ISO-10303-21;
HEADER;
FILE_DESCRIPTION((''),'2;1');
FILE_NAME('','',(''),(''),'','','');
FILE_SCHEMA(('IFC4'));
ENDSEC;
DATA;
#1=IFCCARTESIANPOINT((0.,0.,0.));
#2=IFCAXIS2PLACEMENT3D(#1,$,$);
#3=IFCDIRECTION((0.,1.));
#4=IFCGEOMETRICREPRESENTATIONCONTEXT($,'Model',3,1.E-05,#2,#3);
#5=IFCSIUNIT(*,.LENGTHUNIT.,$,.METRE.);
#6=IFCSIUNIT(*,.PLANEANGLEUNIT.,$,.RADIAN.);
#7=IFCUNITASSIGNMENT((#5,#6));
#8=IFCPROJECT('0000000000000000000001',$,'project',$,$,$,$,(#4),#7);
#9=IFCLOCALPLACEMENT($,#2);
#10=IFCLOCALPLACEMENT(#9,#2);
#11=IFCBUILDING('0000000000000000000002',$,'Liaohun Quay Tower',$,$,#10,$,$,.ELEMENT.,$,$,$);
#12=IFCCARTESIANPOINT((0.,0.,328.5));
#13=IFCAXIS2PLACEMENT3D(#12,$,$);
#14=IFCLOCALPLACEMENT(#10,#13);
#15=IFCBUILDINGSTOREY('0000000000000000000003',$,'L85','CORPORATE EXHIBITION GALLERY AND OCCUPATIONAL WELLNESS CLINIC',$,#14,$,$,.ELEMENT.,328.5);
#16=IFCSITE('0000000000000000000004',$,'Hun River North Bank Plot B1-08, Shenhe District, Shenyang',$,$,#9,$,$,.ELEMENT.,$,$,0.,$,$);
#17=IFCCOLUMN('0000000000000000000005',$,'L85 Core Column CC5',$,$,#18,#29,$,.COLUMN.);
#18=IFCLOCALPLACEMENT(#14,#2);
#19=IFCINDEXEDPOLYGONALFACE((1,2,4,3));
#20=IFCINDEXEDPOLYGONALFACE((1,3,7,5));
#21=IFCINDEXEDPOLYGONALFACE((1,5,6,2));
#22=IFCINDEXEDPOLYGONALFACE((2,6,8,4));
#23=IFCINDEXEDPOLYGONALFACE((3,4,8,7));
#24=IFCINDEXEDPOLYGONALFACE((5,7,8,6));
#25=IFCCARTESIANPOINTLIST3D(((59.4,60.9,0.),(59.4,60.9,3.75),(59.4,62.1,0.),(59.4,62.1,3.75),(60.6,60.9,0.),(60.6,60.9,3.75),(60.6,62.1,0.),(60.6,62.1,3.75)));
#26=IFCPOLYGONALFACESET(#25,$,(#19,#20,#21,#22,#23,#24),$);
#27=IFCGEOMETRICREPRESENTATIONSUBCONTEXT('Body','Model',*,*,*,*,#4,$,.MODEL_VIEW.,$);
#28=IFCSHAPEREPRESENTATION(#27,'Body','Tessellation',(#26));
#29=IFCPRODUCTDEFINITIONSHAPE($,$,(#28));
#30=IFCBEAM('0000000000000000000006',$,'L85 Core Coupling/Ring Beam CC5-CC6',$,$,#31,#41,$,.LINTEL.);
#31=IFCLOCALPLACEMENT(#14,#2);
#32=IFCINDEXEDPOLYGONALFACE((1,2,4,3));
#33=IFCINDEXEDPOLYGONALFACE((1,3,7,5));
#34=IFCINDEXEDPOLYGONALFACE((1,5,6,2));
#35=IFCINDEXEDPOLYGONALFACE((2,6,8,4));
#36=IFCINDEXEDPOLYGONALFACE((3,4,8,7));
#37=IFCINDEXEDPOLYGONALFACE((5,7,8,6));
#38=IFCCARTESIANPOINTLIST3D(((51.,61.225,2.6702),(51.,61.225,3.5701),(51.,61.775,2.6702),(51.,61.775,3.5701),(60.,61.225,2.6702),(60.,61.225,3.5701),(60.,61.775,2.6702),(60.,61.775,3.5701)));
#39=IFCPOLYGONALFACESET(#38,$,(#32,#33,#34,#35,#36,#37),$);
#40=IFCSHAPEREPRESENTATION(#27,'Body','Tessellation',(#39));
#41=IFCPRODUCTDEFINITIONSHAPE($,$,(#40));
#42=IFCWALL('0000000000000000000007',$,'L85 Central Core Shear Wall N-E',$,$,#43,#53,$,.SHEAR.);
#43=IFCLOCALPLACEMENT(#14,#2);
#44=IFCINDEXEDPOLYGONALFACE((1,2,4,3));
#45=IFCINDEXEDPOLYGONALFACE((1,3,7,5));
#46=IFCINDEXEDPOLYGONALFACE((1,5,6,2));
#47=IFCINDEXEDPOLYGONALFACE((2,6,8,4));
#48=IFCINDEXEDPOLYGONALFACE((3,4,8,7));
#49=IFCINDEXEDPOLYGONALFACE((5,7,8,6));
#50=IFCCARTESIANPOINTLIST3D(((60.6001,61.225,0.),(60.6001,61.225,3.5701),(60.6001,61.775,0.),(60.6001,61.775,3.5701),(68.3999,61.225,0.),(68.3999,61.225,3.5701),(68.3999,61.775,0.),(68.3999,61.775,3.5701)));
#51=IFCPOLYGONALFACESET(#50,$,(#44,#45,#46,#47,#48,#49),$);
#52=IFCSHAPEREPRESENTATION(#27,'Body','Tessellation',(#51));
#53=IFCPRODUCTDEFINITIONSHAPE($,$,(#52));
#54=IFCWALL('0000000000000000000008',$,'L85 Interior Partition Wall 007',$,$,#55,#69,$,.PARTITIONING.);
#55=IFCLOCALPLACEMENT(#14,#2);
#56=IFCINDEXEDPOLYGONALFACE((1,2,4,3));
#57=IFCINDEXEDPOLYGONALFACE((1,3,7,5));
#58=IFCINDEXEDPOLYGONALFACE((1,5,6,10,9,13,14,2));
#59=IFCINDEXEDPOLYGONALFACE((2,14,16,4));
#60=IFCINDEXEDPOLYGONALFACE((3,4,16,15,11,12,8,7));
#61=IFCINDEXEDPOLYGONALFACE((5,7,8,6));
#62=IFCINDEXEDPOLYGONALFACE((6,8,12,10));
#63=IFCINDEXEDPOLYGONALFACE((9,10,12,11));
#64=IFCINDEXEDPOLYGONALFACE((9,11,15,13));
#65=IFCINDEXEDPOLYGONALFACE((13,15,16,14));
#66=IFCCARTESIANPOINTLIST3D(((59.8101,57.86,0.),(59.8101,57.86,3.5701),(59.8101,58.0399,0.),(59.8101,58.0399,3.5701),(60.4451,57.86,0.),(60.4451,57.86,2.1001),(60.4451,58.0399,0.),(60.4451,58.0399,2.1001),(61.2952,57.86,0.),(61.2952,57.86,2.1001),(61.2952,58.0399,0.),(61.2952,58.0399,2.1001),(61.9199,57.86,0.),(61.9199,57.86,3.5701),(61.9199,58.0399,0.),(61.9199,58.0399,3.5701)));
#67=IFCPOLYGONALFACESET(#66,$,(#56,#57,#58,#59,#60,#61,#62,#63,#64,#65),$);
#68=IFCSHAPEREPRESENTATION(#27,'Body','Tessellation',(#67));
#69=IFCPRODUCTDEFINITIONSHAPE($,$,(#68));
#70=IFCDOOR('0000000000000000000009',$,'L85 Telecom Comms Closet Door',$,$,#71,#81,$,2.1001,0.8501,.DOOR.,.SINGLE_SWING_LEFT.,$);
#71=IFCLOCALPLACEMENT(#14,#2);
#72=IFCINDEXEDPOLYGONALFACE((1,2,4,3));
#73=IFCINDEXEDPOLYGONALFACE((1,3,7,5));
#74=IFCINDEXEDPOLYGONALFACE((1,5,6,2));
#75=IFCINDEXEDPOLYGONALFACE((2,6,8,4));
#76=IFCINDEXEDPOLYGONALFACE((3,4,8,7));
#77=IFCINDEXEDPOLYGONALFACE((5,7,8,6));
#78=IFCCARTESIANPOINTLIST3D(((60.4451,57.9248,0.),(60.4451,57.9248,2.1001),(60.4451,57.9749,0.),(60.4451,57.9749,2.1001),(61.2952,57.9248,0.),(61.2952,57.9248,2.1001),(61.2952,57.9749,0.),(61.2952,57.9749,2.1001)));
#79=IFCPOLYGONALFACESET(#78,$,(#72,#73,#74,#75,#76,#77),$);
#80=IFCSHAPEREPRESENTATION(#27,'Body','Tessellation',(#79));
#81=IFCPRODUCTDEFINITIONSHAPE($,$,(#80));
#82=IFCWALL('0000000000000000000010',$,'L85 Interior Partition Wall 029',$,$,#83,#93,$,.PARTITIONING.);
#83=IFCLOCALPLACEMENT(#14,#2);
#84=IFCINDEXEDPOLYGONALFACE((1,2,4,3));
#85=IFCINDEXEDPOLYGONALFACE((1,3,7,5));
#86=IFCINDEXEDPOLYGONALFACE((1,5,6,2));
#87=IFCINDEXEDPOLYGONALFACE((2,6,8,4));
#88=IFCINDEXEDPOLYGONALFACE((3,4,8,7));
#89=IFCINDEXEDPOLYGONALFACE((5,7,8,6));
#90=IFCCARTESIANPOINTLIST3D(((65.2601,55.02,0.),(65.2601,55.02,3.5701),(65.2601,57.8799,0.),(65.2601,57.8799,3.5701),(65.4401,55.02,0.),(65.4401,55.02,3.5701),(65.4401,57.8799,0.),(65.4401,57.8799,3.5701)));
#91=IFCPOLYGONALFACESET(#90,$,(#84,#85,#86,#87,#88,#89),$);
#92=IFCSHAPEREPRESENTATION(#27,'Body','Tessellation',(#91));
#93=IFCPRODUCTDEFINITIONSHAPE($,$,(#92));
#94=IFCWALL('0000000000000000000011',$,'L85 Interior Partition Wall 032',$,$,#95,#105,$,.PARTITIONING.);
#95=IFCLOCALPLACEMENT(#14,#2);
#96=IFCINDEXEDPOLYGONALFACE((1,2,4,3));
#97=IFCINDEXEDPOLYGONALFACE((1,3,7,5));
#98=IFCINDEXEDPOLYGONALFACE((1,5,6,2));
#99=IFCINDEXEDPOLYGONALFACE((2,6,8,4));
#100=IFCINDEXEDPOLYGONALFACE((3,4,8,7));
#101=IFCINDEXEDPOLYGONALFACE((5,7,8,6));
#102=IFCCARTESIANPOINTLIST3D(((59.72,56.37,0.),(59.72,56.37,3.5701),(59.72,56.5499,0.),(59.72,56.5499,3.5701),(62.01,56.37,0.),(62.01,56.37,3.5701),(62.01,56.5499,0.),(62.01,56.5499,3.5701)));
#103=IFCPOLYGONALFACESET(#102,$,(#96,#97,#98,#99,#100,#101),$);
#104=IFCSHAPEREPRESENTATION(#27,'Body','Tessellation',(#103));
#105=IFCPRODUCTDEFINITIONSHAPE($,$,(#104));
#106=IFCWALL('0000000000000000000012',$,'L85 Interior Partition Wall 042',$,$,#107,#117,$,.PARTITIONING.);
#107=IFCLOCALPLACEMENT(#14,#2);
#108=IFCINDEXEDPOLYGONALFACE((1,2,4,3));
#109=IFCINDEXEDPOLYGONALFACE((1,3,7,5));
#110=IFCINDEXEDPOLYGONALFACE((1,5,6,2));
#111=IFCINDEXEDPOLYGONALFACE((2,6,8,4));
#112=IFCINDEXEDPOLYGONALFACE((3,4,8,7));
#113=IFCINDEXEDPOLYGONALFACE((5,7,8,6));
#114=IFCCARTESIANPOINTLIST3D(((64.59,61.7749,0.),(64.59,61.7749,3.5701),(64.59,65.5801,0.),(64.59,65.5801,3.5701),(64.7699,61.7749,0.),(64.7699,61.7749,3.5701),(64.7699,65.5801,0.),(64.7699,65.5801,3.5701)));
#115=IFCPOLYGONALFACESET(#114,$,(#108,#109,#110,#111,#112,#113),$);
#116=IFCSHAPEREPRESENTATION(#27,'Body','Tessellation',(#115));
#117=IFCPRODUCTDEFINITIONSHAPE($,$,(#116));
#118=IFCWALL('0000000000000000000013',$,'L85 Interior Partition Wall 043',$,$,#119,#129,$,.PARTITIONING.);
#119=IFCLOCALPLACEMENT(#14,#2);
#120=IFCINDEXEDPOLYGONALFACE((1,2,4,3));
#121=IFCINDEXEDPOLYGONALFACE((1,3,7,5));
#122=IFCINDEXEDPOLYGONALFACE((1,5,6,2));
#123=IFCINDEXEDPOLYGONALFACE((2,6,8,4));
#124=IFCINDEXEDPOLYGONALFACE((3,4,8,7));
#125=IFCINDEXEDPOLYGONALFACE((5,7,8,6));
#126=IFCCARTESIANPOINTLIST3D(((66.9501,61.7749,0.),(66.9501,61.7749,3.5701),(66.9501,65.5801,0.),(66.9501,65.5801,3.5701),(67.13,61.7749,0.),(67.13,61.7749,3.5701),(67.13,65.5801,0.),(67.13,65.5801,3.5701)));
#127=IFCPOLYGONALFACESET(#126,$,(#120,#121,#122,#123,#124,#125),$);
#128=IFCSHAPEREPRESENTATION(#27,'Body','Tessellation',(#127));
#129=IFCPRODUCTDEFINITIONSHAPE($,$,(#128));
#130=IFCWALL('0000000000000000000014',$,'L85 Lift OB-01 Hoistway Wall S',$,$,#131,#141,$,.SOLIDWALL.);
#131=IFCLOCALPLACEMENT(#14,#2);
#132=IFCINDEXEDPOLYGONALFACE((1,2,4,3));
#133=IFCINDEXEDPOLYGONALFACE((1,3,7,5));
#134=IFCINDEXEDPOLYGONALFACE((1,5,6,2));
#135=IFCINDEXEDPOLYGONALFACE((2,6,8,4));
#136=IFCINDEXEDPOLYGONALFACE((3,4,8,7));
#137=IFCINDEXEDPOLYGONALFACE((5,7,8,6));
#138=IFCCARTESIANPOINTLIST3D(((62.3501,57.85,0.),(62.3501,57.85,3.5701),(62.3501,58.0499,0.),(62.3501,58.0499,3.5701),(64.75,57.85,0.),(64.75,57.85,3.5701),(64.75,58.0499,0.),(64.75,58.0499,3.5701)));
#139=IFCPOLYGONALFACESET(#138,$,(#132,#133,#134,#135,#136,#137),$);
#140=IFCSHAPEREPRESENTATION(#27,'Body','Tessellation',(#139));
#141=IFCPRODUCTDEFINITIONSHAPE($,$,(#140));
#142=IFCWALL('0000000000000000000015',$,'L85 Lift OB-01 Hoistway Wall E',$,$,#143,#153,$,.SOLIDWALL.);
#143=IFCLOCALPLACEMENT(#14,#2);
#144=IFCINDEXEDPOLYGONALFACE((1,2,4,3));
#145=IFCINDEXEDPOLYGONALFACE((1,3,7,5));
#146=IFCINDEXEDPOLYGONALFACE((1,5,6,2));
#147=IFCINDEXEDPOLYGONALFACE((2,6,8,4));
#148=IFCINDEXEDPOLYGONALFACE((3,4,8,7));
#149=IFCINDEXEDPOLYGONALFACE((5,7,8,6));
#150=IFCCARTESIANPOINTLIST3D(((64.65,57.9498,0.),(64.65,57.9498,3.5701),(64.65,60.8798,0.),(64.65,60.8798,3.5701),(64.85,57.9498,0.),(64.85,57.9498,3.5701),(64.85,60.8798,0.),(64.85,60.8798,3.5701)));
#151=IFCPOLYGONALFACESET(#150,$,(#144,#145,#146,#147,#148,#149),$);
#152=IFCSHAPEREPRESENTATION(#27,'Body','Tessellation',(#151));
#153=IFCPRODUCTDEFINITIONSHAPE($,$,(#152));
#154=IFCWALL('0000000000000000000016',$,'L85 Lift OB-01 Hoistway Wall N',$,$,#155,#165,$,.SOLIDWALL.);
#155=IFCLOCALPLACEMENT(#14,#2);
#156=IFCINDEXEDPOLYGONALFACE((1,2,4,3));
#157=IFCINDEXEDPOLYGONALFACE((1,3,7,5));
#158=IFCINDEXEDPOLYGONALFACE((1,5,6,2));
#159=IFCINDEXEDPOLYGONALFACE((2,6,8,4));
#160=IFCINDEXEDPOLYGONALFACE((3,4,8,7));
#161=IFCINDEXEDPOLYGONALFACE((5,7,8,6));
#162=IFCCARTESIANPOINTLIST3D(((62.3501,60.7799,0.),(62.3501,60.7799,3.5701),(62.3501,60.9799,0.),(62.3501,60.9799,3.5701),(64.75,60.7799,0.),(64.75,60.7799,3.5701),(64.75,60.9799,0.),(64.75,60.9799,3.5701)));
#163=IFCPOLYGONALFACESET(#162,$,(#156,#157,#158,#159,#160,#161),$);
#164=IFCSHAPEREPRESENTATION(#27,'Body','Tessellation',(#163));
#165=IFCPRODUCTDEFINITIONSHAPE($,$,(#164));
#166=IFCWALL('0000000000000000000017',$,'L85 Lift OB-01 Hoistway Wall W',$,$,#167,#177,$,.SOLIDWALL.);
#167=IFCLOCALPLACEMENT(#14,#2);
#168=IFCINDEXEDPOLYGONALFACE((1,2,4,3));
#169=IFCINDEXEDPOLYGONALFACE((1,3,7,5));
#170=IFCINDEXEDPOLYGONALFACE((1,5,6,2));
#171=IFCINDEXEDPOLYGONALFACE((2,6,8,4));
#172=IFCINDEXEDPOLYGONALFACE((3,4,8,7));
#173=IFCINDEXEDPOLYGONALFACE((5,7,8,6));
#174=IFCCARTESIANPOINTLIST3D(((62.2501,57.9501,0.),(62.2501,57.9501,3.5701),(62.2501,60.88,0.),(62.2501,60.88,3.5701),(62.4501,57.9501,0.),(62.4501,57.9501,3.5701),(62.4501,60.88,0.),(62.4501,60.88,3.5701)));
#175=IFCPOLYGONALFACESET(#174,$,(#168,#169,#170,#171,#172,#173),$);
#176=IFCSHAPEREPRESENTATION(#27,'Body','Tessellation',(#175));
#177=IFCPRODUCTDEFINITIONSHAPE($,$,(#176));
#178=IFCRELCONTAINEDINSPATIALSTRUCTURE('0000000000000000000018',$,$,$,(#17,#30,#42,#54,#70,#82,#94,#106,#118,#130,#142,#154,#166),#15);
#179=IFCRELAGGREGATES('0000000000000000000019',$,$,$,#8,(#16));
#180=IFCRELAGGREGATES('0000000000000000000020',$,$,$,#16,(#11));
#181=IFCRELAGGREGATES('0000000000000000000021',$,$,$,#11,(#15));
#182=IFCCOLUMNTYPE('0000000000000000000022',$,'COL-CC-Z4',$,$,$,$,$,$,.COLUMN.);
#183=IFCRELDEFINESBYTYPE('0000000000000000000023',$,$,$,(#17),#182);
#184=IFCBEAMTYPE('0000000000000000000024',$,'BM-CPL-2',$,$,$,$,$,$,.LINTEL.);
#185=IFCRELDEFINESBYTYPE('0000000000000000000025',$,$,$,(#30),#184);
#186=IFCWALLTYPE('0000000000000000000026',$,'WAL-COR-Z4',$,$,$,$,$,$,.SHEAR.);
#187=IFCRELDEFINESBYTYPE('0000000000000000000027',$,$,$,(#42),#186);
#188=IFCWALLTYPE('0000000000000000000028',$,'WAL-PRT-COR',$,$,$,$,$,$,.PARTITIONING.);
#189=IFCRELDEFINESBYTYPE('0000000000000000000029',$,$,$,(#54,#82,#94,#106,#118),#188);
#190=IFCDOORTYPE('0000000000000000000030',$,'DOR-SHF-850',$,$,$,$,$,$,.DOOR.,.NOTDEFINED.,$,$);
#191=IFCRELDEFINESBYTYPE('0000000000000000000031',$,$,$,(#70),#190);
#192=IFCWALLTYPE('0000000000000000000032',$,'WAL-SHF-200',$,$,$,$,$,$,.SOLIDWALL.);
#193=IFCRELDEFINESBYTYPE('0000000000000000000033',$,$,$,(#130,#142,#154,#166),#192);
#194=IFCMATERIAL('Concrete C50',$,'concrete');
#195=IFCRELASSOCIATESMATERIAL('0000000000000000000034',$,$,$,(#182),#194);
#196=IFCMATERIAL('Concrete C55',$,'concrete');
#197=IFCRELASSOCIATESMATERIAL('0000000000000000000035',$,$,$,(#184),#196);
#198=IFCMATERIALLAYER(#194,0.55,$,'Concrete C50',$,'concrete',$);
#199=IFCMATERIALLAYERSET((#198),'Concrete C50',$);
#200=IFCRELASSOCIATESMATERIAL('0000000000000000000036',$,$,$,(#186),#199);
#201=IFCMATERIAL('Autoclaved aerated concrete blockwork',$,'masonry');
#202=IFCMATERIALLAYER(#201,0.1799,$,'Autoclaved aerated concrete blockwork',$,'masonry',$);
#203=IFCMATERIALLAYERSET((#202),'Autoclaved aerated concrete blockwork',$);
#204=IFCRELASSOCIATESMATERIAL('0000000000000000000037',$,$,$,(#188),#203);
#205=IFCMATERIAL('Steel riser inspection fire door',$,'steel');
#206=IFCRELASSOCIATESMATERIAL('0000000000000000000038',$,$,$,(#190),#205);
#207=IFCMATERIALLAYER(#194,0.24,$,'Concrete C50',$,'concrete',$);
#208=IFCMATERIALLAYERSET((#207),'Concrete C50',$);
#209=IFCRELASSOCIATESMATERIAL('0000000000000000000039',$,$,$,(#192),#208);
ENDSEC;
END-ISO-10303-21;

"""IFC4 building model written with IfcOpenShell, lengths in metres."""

from ifc_helpers import new_model, si_unit, direction, frame, frame_2d, origin, origin_2d, place, context, subcontext, project, spatial, rectangle, extrude, source, transform, mapped, material, layer, layer_set, material_profile, profile_set, type_object, element, fill, save


model = new_model("IFC4")

# Units and contexts
model_context = context("Model", 3, precision=1e-05, world=origin(), true_north=direction((0.0, 1.0)))
body_context = subcontext(model_context, "Body", "Model", "MODEL_VIEW")
ifc_project = project(units=[si_unit("LENGTHUNIT", "METRE"), si_unit("PLANEANGLEUNIT", "RADIAN")], contexts=[model_context])

# Site, building, storey
site_placement = place(None, origin())
site = spatial("IfcSite", under=ifc_project, at=site_placement, Name="Hun River North Bank Plot B1-08, Shenhe District, Shenyang", CompositionType="ELEMENT", RefElevation=0.0)
building_placement = place(site_placement, origin())
building = spatial("IfcBuilding", under=site, at=building_placement, Name="Liaohun Quay Tower", CompositionType="ELEMENT")
storey_placement = place(building_placement, frame((0.0, 0.0, 328.5)))
storey = spatial("IfcBuildingStorey", under=building, at=storey_placement, Name="L85", Description="CORPORATE EXHIBITION GALLERY AND OCCUPATIONAL WELLNESS CLINIC", CompositionType="ELEMENT", Elevation=328.5)

# Column
ifc_material_1 = material(Name="Concrete C50", Category="concrete")
ifc_material_profile_1 = material_profile(ifc_material_1, rectangle(XDim=1.2, YDim=1.2, at=origin_2d()), Name="RC1200x1200")
ifc_profile_set_1 = profile_set([ifc_material_profile_1], Name="Concrete C50")
column_type = type_object("IfcColumnType", Name="COL-CC-Z4", PredefinedType="COLUMN", material=ifc_profile_set_1)
shared_shape_1 = source(origin(), body_context, "Body", "SweptSolid", [
    extrude(rectangle(XDim=1.2, YDim=1.2, at=origin_2d()), origin(), (0.0, 0.0, 1.0), 3.75),
])
column_placement = place(storey_placement, frame((60.0, 61.5, 0.0), z_axis=(0.0, 0.0, 1.0), x_axis=(1.0, 0.0, 0.0)))
element("IfcColumn", 1, at=column_placement, inside=storey, type_object=column_type, Name="L85 Core Column CC5", PredefinedType="COLUMN", context=body_context, shape_type="MappedRepresentation", body=[
    mapped(shared_shape_1, transform((0.0, 0.0, 0.0), x_axis=(1.0, 0.0, 0.0), y_axis=(0.0, 1.0, 0.0), z_axis=(0.0, 0.0, 1.0), scale=1.0)),
])

# Beam
ifc_material_2 = material(Name="Concrete C55", Category="concrete")
ifc_material_profile_2 = material_profile(ifc_material_2, rectangle(XDim=0.55, YDim=0.8999, at=origin_2d()), Name="RC550x900")
ifc_profile_set_2 = profile_set([ifc_material_profile_2], Name="Concrete C55")
beam_type = type_object("IfcBeamType", Name="BM-CPL-2", PredefinedType="LINTEL", material=ifc_profile_set_2)
shared_shape_2 = source(origin(), body_context, "Body", "SweptSolid", [
    extrude(rectangle(XDim=0.55, YDim=0.8999, at=origin_2d()), origin(), (0.0, 0.0, 1.0), 9.0),
])
beam_placement = place(storey_placement, frame((60.0, 61.5, 3.1201), z_axis=(-1.0, 0.0, 0.0), x_axis=(0.0, -1.0, 0.0)))
element("IfcBeam", 2, at=beam_placement, inside=storey, type_object=beam_type, Name="L85 Core Coupling/Ring Beam CC5-CC6", PredefinedType="LINTEL", context=body_context, shape_type="MappedRepresentation", body=[
    mapped(shared_shape_2, transform((0.0, 0.0, 0.0), x_axis=(1.0, 0.0, 0.0), y_axis=(0.0, 1.0, 0.0), z_axis=(0.0, 0.0, 1.0), scale=1.0)),
])

# Wall
ifc_layer_1 = layer(ifc_material_1, 0.55, Name="Concrete C50", Category="concrete")
ifc_layer_set_1 = layer_set([ifc_layer_1], Name="Concrete C50")
wall_type_1 = type_object("IfcWallType", Name="WAL-COR-Z4", PredefinedType="SHEAR", material=ifc_layer_set_1)
wall_1_placement = place(storey_placement, frame((60.6001, 61.5, 0.0), z_axis=(0.0, 0.0, 1.0), x_axis=(1.0, 0.0, 0.0)))
element("IfcWall", 3, at=wall_1_placement, inside=storey, type_object=wall_type_1, Name="L85 Central Core Shear Wall N-E", PredefinedType="SHEAR", context=body_context, shape_type="SweptSolid", body=[
    extrude(rectangle(XDim=7.7998, YDim=0.55, at=frame_2d((3.8999, 0.0))), origin(), (0.0, 0.0, 1.0), 3.5701),
])

# Wall, opening, door
ifc_material_3 = material(Name="Autoclaved aerated concrete blockwork", Category="masonry")
ifc_layer_2 = layer(ifc_material_3, 0.1799, Name="Autoclaved aerated concrete blockwork", Category="masonry")
ifc_layer_set_2 = layer_set([ifc_layer_2], Name="Autoclaved aerated concrete blockwork")
wall_type_2 = type_object("IfcWallType", Name="WAL-PRT-COR", PredefinedType="PARTITIONING", material=ifc_layer_set_2)
wall_2_placement = place(storey_placement, frame((59.8101, 57.95, 0.0), z_axis=(0.0, 0.0, 1.0), x_axis=(1.0, 0.0, 0.0)))
wall_2 = element("IfcWall", 4, at=wall_2_placement, inside=storey, type_object=wall_type_2, Name="L85 Interior Partition Wall 007", PredefinedType="PARTITIONING", context=body_context, shape_type="SweptSolid", body=[
    extrude(rectangle(XDim=2.1099, YDim=0.1799, at=frame_2d((1.0549, 0.0))), origin(), (0.0, 0.0, 1.0), 3.5701),
])
shared_shape_3 = source(origin(), body_context, "Body", "SweptSolid", [
    extrude(rectangle(XDim=0.8501, YDim=2.1001, at=frame_2d((0.425, 1.05))), frame((0.0, 0.0999, 0.0), z_axis=(0.0, -1.0, 0.0), x_axis=(1.0, 0.0, 0.0)), (0.0, 0.0, 1.0), 0.2),
])
opening_placement = place(wall_2_placement, frame((0.635, 0.0, 0.0)))
opening = element("IfcOpeningElement", 5, at=opening_placement, cuts=wall_2, PredefinedType="OPENING", context=body_context, shape_type="MappedRepresentation", body=[
    mapped(shared_shape_3, transform((0.0, 0.0, 0.0), x_axis=(1.0, 0.0, 0.0), y_axis=(0.0, 1.0, 0.0), z_axis=(0.0, 0.0, 1.0), scale=1.0)),
])
ifc_material_4 = material(Name="Steel riser inspection fire door", Category="steel")
door_type = type_object("IfcDoorType", Name="DOR-SHF-850", OperationType="NOTDEFINED", PredefinedType="DOOR", material=ifc_material_4)
shared_shape_4 = source(origin(), body_context, "Body", "SweptSolid", [
    extrude(rectangle(XDim=0.8501, YDim=2.1001, at=frame_2d((0.425, 1.05))), frame((0.0, 0.0249, 0.0), z_axis=(0.0, -1.0, 0.0), x_axis=(1.0, 0.0, 0.0)), (0.0, 0.0, 1.0), 0.05),
])
door_placement = place(opening_placement, origin())
door = element("IfcDoor", 6, at=door_placement, inside=storey, type_object=door_type, Name="L85 Telecom Comms Closet Door", OperationType="SINGLE_SWING_LEFT", OverallHeight=2.1001, OverallWidth=0.8501, PredefinedType="DOOR", context=body_context, shape_type="MappedRepresentation", body=[
    mapped(shared_shape_4, transform((0.0, 0.0, 0.0), x_axis=(1.0, 0.0, 0.0), y_axis=(0.0, 1.0, 0.0), z_axis=(0.0, 0.0, 1.0), scale=1.0)),
])
fill(opening, door)

# Walls
wall_3_placement = place(storey_placement, frame((65.3501, 55.02, 0.0), z_axis=(0.0, 0.0, 1.0), x_axis=(0.0, 1.0, 0.0)))
element("IfcWall", 7, at=wall_3_placement, inside=storey, type_object=wall_type_2, Name="L85 Interior Partition Wall 029", PredefinedType="PARTITIONING", context=body_context, shape_type="SweptSolid", body=[
    extrude(rectangle(XDim=2.8599, YDim=0.1799, at=frame_2d((1.4299, 0.0))), origin(), (0.0, 0.0, 1.0), 3.5701),
])
wall_4_placement = place(storey_placement, frame((59.72, 56.46, 0.0), z_axis=(0.0, 0.0, 1.0), x_axis=(1.0, 0.0, 0.0)))
element("IfcWall", 8, at=wall_4_placement, inside=storey, type_object=wall_type_2, Name="L85 Interior Partition Wall 032", PredefinedType="PARTITIONING", context=body_context, shape_type="SweptSolid", body=[
    extrude(rectangle(XDim=2.29, YDim=0.1799, at=frame_2d((1.145, 0.0))), origin(), (0.0, 0.0, 1.0), 3.5701),
])
for number, where, z_axis, x_axis, name in (
    (9, (64.6799, 61.7749, 0.0), (0.0, 0.0, 1.0), (0.0, 1.0, 0.0), "L85 Interior Partition Wall 042"),
    (10, (67.04, 61.7749, 0.0), (0.0, 0.0, 1.0), (0.0, 1.0, 0.0), "L85 Interior Partition Wall 043"),
):
    element("IfcWall", number, at=place(storey_placement, frame(where, z_axis=z_axis, x_axis=x_axis)), inside=storey, type_object=wall_type_2, Name=name, PredefinedType="PARTITIONING", context=body_context, shape_type="SweptSolid", body=[
        extrude(rectangle(XDim=3.8052, YDim=0.1799, at=frame_2d((1.9026, 0.0))), origin(), (0.0, 0.0, 1.0), 3.5701),
    ])
ifc_layer_3 = layer(ifc_material_1, 0.24, Name="Concrete C50", Category="concrete")
ifc_layer_set_3 = layer_set([ifc_layer_3], Name="Concrete C50")
wall_type_3 = type_object("IfcWallType", Name="WAL-SHF-200", PredefinedType="SOLIDWALL", material=ifc_layer_set_3)
wall_5_placement = place(storey_placement, frame((62.3501, 57.95, 0.0), z_axis=(0.0, 0.0, 1.0), x_axis=(1.0, 0.0, 0.0)))
element("IfcWall", 11, at=wall_5_placement, inside=storey, type_object=wall_type_3, Name="L85 Lift OB-01 Hoistway Wall S", PredefinedType="SOLIDWALL", context=body_context, shape_type="SweptSolid", body=[
    extrude(rectangle(XDim=2.3999, YDim=0.2, at=frame_2d((1.2, 0.0))), origin(), (0.0, 0.0, 1.0), 3.5701),
])
wall_6_placement = place(storey_placement, frame((64.75, 57.95, 0.0), z_axis=(0.0, 0.0, 1.0), x_axis=(0.0, 1.0, 0.0)))
element("IfcWall", 12, at=wall_6_placement, inside=storey, type_object=wall_type_3, Name="L85 Lift OB-01 Hoistway Wall E", PredefinedType="SOLIDWALL", context=body_context, shape_type="SweptSolid", body=[
    extrude(rectangle(XDim=2.9299, YDim=0.2, at=frame_2d((1.4648, 0.0))), origin(), (0.0, 0.0, 1.0), 3.5701),
])
wall_7_placement = place(storey_placement, frame((64.75, 60.8799, 0.0), z_axis=(0.0, 0.0, 1.0), x_axis=(-1.0, 0.0, 0.0)))
element("IfcWall", 13, at=wall_7_placement, inside=storey, type_object=wall_type_3, Name="L85 Lift OB-01 Hoistway Wall N", PredefinedType="SOLIDWALL", context=body_context, shape_type="SweptSolid", body=[
    extrude(rectangle(XDim=2.3999, YDim=0.2, at=frame_2d((1.2, 0.0))), origin(), (0.0, 0.0, 1.0), 3.5701),
])
wall_8_placement = place(storey_placement, frame((62.3501, 60.8799, 0.0), z_axis=(0.0, 0.0, 1.0), x_axis=(0.0, -1.0, 0.0)))
element("IfcWall", 14, at=wall_8_placement, inside=storey, type_object=wall_type_3, Name="L85 Lift OB-01 Hoistway Wall W", PredefinedType="SOLIDWALL", context=body_context, shape_type="SweptSolid", body=[
    extrude(rectangle(XDim=2.9299, YDim=0.2, at=frame_2d((1.4648, 0.0))), origin(), (0.0, 0.0, 1.0), 3.5701),
])

save(model, "model.ifc")
